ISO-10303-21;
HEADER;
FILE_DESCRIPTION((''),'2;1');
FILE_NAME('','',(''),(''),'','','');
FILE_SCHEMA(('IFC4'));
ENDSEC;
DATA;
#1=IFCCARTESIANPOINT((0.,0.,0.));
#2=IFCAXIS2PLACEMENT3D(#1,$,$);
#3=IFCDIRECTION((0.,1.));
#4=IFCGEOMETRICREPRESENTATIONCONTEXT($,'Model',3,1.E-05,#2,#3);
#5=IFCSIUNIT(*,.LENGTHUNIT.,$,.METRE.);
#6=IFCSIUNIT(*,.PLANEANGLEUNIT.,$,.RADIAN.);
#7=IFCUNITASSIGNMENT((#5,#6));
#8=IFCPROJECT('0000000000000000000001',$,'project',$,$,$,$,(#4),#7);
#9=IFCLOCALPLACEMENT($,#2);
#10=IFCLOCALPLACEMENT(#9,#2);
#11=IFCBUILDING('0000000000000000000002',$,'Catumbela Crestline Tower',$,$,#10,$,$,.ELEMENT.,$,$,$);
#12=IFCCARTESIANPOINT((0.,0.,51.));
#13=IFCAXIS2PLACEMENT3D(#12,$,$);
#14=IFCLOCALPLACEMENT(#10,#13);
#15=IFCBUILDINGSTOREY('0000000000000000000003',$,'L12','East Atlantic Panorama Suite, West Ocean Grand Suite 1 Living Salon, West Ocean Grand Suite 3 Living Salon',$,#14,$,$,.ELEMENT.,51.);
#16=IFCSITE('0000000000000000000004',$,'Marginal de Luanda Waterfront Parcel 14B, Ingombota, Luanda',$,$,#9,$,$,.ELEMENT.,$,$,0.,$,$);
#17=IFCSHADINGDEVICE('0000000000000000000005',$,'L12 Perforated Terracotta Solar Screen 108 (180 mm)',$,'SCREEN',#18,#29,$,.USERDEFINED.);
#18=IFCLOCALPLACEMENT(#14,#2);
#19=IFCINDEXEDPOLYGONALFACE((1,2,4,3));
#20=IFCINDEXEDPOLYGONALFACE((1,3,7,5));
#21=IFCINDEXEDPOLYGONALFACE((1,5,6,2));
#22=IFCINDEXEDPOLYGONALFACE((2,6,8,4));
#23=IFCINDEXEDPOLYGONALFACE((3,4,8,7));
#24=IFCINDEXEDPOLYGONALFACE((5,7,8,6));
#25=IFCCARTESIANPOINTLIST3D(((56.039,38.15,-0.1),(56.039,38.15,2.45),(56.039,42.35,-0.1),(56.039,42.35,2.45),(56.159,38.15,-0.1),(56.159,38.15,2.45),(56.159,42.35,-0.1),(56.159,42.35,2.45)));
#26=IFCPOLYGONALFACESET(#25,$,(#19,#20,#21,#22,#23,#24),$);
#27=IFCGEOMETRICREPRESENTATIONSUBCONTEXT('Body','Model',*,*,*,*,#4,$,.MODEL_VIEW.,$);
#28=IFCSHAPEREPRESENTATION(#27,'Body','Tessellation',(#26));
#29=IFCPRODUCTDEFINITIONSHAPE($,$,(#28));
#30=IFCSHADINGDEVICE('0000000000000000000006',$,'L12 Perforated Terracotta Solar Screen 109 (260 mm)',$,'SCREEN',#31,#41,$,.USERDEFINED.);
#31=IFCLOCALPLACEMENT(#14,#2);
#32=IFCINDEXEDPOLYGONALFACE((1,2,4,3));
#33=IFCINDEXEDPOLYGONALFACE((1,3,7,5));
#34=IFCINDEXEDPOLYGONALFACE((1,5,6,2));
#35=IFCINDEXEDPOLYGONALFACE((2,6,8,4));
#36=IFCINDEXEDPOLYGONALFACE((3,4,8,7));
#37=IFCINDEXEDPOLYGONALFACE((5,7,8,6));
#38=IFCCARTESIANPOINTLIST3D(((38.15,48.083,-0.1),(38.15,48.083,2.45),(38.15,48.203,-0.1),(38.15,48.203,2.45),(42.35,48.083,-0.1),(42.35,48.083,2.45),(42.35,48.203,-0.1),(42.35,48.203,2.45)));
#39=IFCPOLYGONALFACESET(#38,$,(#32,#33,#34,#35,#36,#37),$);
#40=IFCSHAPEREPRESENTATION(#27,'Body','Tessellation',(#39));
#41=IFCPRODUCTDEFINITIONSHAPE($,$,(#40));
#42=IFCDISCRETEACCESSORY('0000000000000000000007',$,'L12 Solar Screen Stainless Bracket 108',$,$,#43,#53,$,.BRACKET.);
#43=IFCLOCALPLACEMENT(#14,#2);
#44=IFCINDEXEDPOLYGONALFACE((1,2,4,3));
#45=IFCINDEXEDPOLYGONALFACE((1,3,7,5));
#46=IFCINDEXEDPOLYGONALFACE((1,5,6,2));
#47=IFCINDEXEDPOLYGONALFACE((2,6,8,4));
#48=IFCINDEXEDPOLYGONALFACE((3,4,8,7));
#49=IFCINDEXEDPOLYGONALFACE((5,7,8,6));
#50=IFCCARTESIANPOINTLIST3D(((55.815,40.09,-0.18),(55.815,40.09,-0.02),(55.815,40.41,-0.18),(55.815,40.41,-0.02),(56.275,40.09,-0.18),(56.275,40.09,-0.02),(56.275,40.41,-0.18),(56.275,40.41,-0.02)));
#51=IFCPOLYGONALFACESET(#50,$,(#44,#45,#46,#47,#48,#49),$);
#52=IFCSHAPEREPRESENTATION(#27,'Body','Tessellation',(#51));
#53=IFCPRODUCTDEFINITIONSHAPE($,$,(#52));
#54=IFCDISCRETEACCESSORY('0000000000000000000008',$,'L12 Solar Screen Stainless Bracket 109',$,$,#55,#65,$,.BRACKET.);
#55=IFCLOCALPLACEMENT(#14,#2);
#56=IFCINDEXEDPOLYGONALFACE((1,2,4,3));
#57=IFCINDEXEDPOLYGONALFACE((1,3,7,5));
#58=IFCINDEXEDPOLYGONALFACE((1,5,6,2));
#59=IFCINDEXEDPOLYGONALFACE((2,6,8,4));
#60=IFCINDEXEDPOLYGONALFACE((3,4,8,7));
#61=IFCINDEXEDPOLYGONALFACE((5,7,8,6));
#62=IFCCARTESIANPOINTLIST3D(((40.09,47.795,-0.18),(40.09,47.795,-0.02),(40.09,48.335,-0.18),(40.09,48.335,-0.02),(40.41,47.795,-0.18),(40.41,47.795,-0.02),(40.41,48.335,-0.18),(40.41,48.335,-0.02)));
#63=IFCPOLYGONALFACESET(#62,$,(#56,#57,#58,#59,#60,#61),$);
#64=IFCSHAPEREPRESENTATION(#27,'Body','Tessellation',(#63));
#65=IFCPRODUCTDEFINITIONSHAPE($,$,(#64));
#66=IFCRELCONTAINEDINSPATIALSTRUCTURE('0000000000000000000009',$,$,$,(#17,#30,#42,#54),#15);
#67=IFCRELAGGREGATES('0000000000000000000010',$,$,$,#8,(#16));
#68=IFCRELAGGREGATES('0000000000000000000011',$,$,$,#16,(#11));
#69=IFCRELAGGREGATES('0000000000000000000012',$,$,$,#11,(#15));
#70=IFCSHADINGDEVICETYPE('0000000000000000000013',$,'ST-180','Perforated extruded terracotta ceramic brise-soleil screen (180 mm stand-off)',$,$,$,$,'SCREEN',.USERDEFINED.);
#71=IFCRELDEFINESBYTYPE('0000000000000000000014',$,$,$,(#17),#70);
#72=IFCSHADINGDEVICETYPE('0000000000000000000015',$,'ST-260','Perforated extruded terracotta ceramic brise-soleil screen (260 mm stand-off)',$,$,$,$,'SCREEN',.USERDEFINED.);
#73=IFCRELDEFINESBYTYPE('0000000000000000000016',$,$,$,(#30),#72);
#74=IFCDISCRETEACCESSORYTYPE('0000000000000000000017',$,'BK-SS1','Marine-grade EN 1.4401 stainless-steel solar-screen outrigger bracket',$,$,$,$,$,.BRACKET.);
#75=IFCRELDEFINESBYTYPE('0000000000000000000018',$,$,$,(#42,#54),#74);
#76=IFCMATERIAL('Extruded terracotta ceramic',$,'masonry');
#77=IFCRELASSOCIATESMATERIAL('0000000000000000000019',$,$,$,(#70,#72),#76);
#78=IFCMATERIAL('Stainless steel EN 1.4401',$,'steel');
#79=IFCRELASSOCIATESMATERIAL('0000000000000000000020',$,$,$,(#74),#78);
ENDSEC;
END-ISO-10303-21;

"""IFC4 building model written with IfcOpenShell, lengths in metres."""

from ifc_helpers import new_model, si_unit, direction, frame, origin, origin_2d, place, context, subcontext, project, spatial, rectangle, extrude, material, type_object, element, save


model = new_model("IFC4")

# Units and contexts
model_context = context("Model", 3, precision=1e-05, world=origin(), true_north=direction((0.0, 1.0)))
body_context = subcontext(model_context, "Body", "Model", "MODEL_VIEW")
ifc_project = project(units=[si_unit("LENGTHUNIT", "METRE"), si_unit("PLANEANGLEUNIT", "RADIAN")], contexts=[model_context])

# Site, building, storey
site_placement = place(None, origin())
site = spatial("IfcSite", under=ifc_project, at=site_placement, Name="Marginal de Luanda Waterfront Parcel 14B, Ingombota, Luanda", CompositionType="ELEMENT", RefElevation=0.0)
building_placement = place(site_placement, origin())
building = spatial("IfcBuilding", under=site, at=building_placement, Name="Catumbela Crestline Tower", CompositionType="ELEMENT")
storey_placement = place(building_placement, frame((0.0, 0.0, 51.0)))
storey = spatial("IfcBuildingStorey", under=building, at=storey_placement, Name="L12", Description="East Atlantic Panorama Suite, West Ocean Grand Suite 1 Living Salon, West Ocean Grand Suite 3 Living Salon", CompositionType="ELEMENT", Elevation=51.0)

# Shading devices
ifc_material_1 = material(Name="Extruded terracotta ceramic", Category="masonry")
shading_device_type_1 = type_object("IfcShadingDeviceType", Name="ST-180", Description="Perforated extruded terracotta ceramic brise-soleil screen (180 mm stand-off)", ElementType="SCREEN", PredefinedType="USERDEFINED", material=ifc_material_1)
shading_device_1_placement = place(storey_placement, frame((56.099, 40.25, -0.1), z_axis=(0.0, 0.0, 1.0), x_axis=(0.0, 1.0, 0.0)))
element("IfcShadingDevice", 1, at=shading_device_1_placement, inside=storey, type_object=shading_device_type_1, Name="L12 Perforated Terracotta Solar Screen 108 (180 mm)", ObjectType="SCREEN", PredefinedType="USERDEFINED", context=body_context, shape_type="SweptSolid", body=[
    extrude(rectangle(XDim=4.2, YDim=0.12, at=origin_2d()), origin(), (0.0, 0.0, 1.0), 2.55),
])
shading_device_type_2 = type_object("IfcShadingDeviceType", Name="ST-260", Description="Perforated extruded terracotta ceramic brise-soleil screen (260 mm stand-off)", ElementType="SCREEN", PredefinedType="USERDEFINED", material=ifc_material_1)
shading_device_2_placement = place(storey_placement, frame((40.25, 48.143, -0.1), z_axis=(0.0, 0.0, 1.0), x_axis=(-1.0, 0.0, 0.0)))
element("IfcShadingDevice", 2, at=shading_device_2_placement, inside=storey, type_object=shading_device_type_2, Name="L12 Perforated Terracotta Solar Screen 109 (260 mm)", ObjectType="SCREEN", PredefinedType="USERDEFINED", context=body_context, shape_type="SweptSolid", body=[
    extrude(rectangle(XDim=4.2, YDim=0.12, at=origin_2d()), origin(), (0.0, 0.0, 1.0), 2.55),
])

# Discrete accessories
ifc_material_2 = material(Name="Stainless steel EN 1.4401", Category="steel")
discrete_accessory_type = type_object("IfcDiscreteAccessoryType", Name="BK-SS1", Description="Marine-grade EN 1.4401 stainless-steel solar-screen outrigger bracket", PredefinedType="BRACKET", material=ifc_material_2)
discrete_accessory_1_placement = place(storey_placement, frame((56.045, 40.25, -0.18), z_axis=(0.0, 0.0, 1.0), x_axis=(0.0, 1.0, 0.0)))
element("IfcDiscreteAccessory", 3, at=discrete_accessory_1_placement, inside=storey, type_object=discrete_accessory_type, Name="L12 Solar Screen Stainless Bracket 108", PredefinedType="BRACKET", context=body_context, shape_type="SweptSolid", body=[
    extrude(rectangle(XDim=0.32, YDim=0.46, at=origin_2d()), origin(), (0.0, 0.0, 1.0), 0.16),
])
discrete_accessory_2_placement = place(storey_placement, frame((40.25, 48.065, -0.18), z_axis=(0.0, 0.0, 1.0), x_axis=(-1.0, 0.0, 0.0)))
element("IfcDiscreteAccessory", 4, at=discrete_accessory_2_placement, inside=storey, type_object=discrete_accessory_type, Name="L12 Solar Screen Stainless Bracket 109", PredefinedType="BRACKET", context=body_context, shape_type="SweptSolid", body=[
    extrude(rectangle(XDim=0.32, YDim=0.54, at=origin_2d()), origin(), (0.0, 0.0, 1.0), 0.16),
])

save(model, "model.ifc")
